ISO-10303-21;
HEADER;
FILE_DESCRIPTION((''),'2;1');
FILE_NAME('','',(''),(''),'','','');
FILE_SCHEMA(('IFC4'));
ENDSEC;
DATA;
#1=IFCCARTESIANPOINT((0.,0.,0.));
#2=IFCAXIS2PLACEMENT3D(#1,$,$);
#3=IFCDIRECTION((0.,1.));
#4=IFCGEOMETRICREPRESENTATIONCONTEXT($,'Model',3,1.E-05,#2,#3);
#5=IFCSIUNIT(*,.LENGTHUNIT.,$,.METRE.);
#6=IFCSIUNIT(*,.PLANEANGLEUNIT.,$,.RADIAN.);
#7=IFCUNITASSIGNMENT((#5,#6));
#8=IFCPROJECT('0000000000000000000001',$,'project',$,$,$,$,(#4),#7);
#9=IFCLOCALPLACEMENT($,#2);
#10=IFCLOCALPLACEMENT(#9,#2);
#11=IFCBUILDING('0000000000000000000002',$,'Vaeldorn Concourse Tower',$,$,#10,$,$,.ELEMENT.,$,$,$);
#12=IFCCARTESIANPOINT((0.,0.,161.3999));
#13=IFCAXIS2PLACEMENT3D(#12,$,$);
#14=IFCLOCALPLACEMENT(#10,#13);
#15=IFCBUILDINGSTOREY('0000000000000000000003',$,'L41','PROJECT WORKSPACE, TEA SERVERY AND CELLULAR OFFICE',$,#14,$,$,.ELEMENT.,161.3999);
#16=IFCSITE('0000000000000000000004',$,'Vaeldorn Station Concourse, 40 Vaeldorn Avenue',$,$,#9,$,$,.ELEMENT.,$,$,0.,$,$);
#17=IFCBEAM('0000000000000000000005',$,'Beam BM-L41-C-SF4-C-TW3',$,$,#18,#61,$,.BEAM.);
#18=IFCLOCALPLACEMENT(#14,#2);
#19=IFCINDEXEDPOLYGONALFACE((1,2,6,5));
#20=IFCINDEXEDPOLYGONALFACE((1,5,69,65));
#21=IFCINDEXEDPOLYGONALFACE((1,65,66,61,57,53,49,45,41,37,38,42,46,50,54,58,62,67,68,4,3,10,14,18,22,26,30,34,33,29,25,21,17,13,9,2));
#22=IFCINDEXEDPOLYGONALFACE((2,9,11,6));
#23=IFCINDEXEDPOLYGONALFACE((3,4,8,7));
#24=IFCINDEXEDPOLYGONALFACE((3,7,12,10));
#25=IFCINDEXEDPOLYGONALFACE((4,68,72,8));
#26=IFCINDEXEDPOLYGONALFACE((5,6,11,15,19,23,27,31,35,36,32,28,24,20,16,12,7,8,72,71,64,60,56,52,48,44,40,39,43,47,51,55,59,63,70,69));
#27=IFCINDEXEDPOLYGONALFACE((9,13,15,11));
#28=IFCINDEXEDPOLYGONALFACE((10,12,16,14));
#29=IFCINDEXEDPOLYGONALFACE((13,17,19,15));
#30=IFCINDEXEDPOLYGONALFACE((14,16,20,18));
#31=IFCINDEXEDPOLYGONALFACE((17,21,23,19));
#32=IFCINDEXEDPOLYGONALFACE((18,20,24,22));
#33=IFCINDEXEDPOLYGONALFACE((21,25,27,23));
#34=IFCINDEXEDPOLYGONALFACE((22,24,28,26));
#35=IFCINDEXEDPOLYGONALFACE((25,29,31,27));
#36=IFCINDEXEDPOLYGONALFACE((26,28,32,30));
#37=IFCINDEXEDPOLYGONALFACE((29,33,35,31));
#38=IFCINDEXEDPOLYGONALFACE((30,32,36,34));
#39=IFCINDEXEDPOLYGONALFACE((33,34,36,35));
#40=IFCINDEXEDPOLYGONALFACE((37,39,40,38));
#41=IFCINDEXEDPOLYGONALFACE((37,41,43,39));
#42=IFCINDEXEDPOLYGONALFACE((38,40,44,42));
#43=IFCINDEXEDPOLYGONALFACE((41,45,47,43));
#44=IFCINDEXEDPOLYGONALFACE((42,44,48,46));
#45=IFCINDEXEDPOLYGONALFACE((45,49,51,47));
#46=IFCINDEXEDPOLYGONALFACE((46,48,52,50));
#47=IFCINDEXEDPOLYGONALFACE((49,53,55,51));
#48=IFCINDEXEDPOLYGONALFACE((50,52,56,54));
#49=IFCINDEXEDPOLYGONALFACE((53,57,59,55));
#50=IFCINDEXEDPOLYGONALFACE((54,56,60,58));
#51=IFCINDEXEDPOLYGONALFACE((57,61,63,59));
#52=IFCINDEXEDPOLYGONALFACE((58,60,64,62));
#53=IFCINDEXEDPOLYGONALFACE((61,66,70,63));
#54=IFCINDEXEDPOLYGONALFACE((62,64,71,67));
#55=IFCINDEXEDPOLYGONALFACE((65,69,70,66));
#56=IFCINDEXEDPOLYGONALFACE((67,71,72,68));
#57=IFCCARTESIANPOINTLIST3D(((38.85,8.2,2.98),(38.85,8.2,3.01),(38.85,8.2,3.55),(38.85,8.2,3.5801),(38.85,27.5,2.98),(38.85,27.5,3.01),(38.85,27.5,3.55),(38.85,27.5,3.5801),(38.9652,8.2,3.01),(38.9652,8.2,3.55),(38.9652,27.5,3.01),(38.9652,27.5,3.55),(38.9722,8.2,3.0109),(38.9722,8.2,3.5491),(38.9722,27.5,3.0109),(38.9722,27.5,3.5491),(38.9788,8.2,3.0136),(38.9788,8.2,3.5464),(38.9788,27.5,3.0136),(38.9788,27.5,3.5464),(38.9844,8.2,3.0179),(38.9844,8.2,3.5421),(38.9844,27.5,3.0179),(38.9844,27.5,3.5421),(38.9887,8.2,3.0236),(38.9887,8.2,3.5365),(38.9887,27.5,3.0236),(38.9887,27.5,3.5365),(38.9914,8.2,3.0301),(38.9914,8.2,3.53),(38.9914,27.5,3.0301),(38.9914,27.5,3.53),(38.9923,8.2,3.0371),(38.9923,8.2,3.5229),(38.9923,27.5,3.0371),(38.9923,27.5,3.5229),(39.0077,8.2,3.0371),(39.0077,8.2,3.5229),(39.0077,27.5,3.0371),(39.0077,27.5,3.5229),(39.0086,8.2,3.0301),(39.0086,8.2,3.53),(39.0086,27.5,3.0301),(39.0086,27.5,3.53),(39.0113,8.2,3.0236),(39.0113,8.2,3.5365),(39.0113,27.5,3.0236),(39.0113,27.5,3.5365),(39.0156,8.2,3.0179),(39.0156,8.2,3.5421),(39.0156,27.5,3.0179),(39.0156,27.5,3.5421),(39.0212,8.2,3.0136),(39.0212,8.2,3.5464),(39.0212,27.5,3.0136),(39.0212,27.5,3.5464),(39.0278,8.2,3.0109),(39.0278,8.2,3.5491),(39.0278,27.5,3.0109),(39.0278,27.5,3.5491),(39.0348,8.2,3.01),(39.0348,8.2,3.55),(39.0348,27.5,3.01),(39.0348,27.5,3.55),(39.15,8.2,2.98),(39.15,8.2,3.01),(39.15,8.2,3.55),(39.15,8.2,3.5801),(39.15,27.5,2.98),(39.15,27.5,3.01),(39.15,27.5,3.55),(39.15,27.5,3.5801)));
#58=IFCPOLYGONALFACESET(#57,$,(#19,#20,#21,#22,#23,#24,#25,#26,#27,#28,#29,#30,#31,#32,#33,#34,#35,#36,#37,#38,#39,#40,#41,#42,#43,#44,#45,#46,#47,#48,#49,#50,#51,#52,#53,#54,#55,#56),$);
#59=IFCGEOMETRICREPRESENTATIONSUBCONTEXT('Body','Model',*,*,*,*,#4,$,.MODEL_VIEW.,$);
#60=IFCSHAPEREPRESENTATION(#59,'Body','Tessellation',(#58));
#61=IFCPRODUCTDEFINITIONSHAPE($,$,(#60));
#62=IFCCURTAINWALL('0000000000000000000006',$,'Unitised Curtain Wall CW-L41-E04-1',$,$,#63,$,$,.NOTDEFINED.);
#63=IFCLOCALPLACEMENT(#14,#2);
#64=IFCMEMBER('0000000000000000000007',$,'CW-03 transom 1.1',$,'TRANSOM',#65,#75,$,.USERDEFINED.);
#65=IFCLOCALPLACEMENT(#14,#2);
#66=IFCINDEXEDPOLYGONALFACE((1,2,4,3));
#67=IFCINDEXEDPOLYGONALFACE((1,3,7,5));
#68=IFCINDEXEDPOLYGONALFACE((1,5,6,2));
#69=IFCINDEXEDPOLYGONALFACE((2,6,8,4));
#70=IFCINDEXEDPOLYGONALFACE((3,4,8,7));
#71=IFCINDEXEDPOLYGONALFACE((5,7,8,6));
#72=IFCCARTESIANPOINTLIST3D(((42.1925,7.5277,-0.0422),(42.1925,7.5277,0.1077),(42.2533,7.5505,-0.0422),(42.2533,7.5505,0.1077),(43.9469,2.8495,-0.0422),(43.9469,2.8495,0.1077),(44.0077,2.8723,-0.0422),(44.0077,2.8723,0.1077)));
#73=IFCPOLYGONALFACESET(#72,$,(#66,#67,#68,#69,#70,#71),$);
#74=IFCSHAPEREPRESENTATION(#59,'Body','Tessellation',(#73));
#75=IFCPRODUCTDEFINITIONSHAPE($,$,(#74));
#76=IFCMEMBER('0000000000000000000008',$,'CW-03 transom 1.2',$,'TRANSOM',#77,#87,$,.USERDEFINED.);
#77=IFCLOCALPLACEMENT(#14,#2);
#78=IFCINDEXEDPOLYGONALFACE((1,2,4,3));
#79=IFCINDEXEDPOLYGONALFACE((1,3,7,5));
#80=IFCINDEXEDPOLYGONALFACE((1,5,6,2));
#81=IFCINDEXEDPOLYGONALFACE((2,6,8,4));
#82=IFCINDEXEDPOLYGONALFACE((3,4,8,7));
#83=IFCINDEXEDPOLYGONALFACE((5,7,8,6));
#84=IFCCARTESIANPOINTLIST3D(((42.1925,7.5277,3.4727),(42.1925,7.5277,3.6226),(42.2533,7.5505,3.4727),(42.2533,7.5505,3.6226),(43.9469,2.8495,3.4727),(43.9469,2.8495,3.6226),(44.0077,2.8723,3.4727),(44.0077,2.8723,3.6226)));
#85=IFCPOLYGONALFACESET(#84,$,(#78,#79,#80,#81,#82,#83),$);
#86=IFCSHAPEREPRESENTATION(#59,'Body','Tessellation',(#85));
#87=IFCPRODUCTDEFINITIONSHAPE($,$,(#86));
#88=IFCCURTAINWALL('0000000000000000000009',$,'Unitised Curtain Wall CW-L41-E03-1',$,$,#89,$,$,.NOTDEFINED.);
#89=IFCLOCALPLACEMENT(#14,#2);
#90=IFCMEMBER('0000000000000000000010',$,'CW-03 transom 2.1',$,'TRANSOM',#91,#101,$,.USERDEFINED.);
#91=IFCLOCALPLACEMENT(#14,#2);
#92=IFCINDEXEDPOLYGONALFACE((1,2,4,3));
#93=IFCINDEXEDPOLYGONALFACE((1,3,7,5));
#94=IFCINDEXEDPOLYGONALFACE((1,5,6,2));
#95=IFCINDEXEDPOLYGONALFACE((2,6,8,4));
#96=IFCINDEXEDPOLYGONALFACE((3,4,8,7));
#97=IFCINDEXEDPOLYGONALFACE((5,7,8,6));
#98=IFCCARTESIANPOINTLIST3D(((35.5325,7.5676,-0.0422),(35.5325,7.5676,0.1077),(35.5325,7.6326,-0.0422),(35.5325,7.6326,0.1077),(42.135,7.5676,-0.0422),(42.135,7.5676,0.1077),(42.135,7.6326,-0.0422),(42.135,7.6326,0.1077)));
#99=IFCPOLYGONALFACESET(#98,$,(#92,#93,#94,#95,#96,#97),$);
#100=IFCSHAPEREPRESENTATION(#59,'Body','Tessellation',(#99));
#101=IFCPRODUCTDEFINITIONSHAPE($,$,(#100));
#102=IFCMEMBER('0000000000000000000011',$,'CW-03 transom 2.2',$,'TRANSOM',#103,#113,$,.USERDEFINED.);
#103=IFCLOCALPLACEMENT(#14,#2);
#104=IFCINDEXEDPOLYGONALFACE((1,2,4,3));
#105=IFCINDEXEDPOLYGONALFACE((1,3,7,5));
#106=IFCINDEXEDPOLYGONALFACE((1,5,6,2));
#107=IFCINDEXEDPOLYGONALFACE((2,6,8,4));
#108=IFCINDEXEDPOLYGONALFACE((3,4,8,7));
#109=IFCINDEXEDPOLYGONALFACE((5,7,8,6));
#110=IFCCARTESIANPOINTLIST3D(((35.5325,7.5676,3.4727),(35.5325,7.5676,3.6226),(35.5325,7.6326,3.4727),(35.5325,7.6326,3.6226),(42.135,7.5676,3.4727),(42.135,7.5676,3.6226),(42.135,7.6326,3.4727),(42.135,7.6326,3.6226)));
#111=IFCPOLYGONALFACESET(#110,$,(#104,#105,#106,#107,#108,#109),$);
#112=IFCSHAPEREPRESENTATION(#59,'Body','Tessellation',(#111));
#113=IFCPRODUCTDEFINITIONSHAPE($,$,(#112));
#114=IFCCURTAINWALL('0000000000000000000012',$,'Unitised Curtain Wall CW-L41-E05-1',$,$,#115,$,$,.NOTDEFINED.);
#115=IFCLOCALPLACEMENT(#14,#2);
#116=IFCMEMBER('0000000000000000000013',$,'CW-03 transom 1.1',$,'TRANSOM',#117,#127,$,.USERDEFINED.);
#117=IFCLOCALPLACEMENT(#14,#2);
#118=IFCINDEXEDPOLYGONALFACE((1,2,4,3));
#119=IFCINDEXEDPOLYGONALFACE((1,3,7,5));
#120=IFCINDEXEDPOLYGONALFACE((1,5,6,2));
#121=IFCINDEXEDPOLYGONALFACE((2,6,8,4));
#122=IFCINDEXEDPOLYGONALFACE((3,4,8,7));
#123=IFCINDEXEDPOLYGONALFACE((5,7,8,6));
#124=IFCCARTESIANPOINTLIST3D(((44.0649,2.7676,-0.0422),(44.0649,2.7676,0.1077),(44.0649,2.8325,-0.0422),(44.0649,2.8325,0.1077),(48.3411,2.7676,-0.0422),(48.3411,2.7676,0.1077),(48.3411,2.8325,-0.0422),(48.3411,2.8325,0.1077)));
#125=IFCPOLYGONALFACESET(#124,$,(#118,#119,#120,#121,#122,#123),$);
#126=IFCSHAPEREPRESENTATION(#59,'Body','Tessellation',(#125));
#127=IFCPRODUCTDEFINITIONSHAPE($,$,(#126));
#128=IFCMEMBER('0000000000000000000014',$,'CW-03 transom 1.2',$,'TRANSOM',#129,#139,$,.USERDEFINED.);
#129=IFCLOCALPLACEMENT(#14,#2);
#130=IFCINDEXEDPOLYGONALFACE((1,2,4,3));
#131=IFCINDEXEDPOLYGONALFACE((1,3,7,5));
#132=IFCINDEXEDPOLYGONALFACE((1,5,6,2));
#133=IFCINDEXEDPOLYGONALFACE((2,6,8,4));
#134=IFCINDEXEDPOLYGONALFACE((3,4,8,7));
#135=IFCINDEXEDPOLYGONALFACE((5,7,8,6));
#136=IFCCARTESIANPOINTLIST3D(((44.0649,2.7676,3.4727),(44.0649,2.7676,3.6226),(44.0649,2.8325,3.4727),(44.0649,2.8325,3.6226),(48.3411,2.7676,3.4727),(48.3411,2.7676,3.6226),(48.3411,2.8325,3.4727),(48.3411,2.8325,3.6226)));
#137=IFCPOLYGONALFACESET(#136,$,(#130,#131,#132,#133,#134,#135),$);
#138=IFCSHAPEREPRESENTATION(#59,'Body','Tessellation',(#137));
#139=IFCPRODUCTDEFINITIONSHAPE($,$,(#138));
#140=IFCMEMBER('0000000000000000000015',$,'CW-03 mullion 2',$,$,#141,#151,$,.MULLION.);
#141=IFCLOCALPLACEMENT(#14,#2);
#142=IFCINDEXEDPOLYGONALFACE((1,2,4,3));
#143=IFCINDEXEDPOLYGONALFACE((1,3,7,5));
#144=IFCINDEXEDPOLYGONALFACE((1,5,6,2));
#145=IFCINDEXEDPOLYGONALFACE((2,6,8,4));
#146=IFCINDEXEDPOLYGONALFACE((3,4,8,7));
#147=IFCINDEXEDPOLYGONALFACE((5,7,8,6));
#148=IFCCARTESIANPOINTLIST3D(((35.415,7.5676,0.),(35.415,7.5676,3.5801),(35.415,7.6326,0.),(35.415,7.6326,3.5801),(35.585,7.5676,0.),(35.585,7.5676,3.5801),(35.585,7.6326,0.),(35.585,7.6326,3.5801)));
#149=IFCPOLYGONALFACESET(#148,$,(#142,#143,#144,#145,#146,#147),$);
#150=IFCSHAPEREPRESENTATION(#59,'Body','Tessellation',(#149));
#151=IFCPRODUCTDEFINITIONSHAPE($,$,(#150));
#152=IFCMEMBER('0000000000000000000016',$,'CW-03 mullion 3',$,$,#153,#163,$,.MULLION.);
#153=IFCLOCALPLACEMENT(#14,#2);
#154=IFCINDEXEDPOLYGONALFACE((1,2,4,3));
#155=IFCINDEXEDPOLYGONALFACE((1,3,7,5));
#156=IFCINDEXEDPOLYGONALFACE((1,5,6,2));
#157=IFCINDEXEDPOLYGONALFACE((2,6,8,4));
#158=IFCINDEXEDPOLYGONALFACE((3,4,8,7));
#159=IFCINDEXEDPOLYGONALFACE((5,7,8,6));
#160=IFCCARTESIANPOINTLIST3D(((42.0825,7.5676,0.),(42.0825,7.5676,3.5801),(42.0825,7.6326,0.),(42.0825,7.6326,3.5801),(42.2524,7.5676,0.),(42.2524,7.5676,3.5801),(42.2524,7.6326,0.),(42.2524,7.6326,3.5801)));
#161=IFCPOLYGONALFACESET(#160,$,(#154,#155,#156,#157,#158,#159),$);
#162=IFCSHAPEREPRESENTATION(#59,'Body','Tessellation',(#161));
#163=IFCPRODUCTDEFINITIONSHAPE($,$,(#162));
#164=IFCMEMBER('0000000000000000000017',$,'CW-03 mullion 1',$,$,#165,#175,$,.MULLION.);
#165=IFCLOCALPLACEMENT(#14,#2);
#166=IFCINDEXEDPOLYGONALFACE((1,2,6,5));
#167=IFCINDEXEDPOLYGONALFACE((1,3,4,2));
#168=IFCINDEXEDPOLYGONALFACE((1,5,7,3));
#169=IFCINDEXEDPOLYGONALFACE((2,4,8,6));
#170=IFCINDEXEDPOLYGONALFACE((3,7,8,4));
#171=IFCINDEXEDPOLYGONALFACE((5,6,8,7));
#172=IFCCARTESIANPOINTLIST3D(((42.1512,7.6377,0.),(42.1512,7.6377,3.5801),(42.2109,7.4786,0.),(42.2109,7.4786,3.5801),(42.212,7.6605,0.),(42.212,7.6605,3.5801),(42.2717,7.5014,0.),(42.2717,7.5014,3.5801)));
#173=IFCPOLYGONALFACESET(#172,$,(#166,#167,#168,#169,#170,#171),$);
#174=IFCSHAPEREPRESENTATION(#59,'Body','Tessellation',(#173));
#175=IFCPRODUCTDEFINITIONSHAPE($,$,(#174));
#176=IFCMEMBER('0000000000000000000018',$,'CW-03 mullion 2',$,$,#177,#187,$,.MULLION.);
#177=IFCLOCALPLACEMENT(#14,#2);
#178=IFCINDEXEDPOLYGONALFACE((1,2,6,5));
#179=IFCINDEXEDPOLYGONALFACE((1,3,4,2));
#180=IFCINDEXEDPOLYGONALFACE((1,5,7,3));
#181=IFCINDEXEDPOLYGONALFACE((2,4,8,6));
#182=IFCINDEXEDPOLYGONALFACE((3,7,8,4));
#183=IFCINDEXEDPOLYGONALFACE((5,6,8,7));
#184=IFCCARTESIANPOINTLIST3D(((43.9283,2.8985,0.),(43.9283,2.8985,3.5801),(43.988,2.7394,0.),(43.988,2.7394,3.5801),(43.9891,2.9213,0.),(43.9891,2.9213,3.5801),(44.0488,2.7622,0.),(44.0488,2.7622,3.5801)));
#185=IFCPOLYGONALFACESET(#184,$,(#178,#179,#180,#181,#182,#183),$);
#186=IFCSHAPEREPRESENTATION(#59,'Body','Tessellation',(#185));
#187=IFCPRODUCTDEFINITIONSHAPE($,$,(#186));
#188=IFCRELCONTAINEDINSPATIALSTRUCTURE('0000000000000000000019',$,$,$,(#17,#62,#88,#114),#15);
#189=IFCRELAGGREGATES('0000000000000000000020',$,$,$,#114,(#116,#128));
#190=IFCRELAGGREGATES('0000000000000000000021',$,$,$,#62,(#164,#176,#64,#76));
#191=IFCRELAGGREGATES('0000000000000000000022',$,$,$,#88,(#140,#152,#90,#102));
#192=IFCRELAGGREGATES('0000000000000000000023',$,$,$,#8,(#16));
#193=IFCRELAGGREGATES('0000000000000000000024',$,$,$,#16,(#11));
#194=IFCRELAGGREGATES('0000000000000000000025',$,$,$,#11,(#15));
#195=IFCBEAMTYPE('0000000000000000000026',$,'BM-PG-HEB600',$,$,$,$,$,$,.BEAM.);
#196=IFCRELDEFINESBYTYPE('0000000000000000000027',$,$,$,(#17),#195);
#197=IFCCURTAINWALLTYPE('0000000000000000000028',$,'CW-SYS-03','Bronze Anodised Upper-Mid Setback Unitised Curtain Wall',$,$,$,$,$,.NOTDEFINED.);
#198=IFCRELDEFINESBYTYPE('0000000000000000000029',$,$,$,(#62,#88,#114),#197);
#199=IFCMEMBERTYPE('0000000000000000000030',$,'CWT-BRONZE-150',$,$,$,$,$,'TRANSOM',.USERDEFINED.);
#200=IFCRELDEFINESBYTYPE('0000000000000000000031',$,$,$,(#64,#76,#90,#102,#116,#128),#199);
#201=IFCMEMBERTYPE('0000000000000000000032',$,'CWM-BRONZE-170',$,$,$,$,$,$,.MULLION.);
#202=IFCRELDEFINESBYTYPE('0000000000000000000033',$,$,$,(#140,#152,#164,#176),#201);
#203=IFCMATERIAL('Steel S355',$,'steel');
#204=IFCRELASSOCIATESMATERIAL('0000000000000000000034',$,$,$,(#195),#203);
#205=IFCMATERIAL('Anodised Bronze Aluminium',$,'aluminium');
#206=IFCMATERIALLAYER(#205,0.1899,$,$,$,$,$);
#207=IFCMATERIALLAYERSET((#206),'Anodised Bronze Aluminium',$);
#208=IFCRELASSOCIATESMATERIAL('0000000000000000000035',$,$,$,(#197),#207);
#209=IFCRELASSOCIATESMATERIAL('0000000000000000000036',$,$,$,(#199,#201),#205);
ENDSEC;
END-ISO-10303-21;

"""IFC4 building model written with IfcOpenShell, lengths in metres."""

from ifc_helpers import new_model, si_unit, direction, frame, origin, origin_2d, place, context, subcontext, project, spatial, rectangle, i_section, extrude, source, transform, mapped, material, layer, layer_set, material_profile, profile_set, type_object, element, aggregate, save


model = new_model("IFC4")

# Units and contexts
model_context = context("Model", 3, precision=1e-05, world=origin(), true_north=direction((0.0, 1.0)))
body_context = subcontext(model_context, "Body", "Model", "MODEL_VIEW")
ifc_project = project(units=[si_unit("LENGTHUNIT", "METRE"), si_unit("PLANEANGLEUNIT", "RADIAN")], contexts=[model_context])

# Site, building, storey
site_placement = place(None, origin())
site = spatial("IfcSite", under=ifc_project, at=site_placement, Name="Vaeldorn Station Concourse, 40 Vaeldorn Avenue", CompositionType="ELEMENT", RefElevation=0.0)
building_placement = place(site_placement, origin())
building = spatial("IfcBuilding", under=site, at=building_placement, Name="Vaeldorn Concourse Tower", CompositionType="ELEMENT")
storey_placement = place(building_placement, frame((0.0, 0.0, 161.3999)))
storey = spatial("IfcBuildingStorey", under=building, at=storey_placement, Name="L41", Description="PROJECT WORKSPACE, TEA SERVERY AND CELLULAR OFFICE", CompositionType="ELEMENT", Elevation=161.3999)

# Beam
ifc_material_1 = material(Name="Steel S355", Category="steel")
ifc_material_profile_1 = material_profile(ifc_material_1, i_section(OverallWidth=0.3, OverallDepth=0.6001, WebThickness=0.0154, FlangeThickness=0.03, FilletRadius=0.0271, at=origin_2d()), Name="HEB 600")
ifc_profile_set_1 = profile_set([ifc_material_profile_1], Name="Steel S355")
beam_type_1 = type_object("IfcBeamType", Name="BM-PG-HEB600", PredefinedType="BEAM", material=ifc_profile_set_1)
shared_shape_1 = source(origin(), body_context, "Body", "SweptSolid", [
    extrude(i_section(OverallWidth=0.3, OverallDepth=0.6001, WebThickness=0.0154, FlangeThickness=0.03, FilletRadius=0.0271, at=origin_2d()), origin(), (0.0, 0.0, 1.0), 19.3),
])
beam_1_placement = place(storey_placement, frame((39.0, 8.2, 3.28), z_axis=(0.0, 1.0, 0.0), x_axis=(-1.0, 0.0, 0.0)))
element("IfcBeam", 1, at=beam_1_placement, inside=storey, type_object=beam_type_1, Name="Beam BM-L41-C-SF4-C-TW3", PredefinedType="BEAM", context=body_context, shape_type="MappedRepresentation", body=[
    mapped(shared_shape_1, transform((0.0, 0.0, 0.0), scale=1.0)),
])

# Curtain walls, members
ifc_material_2 = material(Name="Anodised Bronze Aluminium", Category="aluminium")
ifc_layer_1 = layer(ifc_material_2, 0.1899)
ifc_layer_set_1 = layer_set([ifc_layer_1], Name="Anodised Bronze Aluminium")
curtain_wall_type = type_object("IfcCurtainWallType", Name="CW-SYS-03", Description="Bronze Anodised Upper-Mid Setback Unitised Curtain Wall", PredefinedType="NOTDEFINED", material=ifc_layer_set_1)
curtain_wall_1_placement = place(storey_placement, origin())
curtain_wall_1 = element("IfcCurtainWall", 2, at=curtain_wall_1_placement, inside=storey, type_object=curtain_wall_type, Name="Unitised Curtain Wall CW-L41-E04-1", PredefinedType="NOTDEFINED")
ifc_material_profile_2 = material_profile(ifc_material_2, rectangle(XDim=0.0649, YDim=0.1499, at=origin_2d()), Name="CWT 65x150")
ifc_profile_set_2 = profile_set([ifc_material_profile_2], Name="Anodised Bronze Aluminium")
member_type_1 = type_object("IfcMemberType", Name="CWT-BRONZE-150", ElementType="TRANSOM", PredefinedType="USERDEFINED", material=ifc_profile_set_2)
shared_shape_2 = source(origin(), body_context, "Body", "SweptSolid", [
    extrude(rectangle(XDim=0.0649, YDim=0.1499, at=origin_2d()), origin(), (0.0, 0.0, 1.0), 4.9963),
])
member_1_placement = place(storey_placement, frame((42.2229, 7.5391, 0.0327), z_axis=(0.351134, -0.936325, 0.0), x_axis=(0.936325, 0.351134, 0.0)))
member_1 = element("IfcMember", 3, at=member_1_placement, type_object=member_type_1, Name="CW-03 transom 1.1", ObjectType="TRANSOM", PredefinedType="USERDEFINED", context=body_context, shape_type="MappedRepresentation", body=[
    mapped(shared_shape_2, transform((0.0, 0.0, 0.0), scale=1.0)),
])
member_2_placement = place(storey_placement, frame((42.2229, 7.5391, 3.5476), z_axis=(0.351134, -0.936325, 0.0), x_axis=(0.936325, 0.351134, 0.0)))
member_2 = element("IfcMember", 4, at=member_2_placement, type_object=member_type_1, Name="CW-03 transom 1.2", ObjectType="TRANSOM", PredefinedType="USERDEFINED", context=body_context, shape_type="MappedRepresentation", body=[
    mapped(shared_shape_2, transform((0.0, 0.0, 0.0), scale=1.0)),
])
curtain_wall_2_placement = place(storey_placement, origin())
curtain_wall_2 = element("IfcCurtainWall", 5, at=curtain_wall_2_placement, inside=storey, type_object=curtain_wall_type, Name="Unitised Curtain Wall CW-L41-E03-1", PredefinedType="NOTDEFINED")
shared_shape_3 = source(origin(), body_context, "Body", "SweptSolid", [
    extrude(rectangle(XDim=0.0649, YDim=0.1499, at=origin_2d()), origin(), (0.0, 0.0, 1.0), 6.6025),
])
member_3_placement = place(storey_placement, frame((35.5325, 7.6001, 0.0327), z_axis=(1.0, 0.0, 0.0), x_axis=(0.0, 1.0, 0.0)))
member_3 = element("IfcMember", 6, at=member_3_placement, type_object=member_type_1, Name="CW-03 transom 2.1", ObjectType="TRANSOM", PredefinedType="USERDEFINED", context=body_context, shape_type="MappedRepresentation", body=[
    mapped(shared_shape_3, transform((0.0, 0.0, 0.0), scale=1.0)),
])
member_4_placement = place(storey_placement, frame((35.5325, 7.6001, 3.5476), z_axis=(1.0, 0.0, 0.0), x_axis=(0.0, 1.0, 0.0)))
member_4 = element("IfcMember", 7, at=member_4_placement, type_object=member_type_1, Name="CW-03 transom 2.2", ObjectType="TRANSOM", PredefinedType="USERDEFINED", context=body_context, shape_type="MappedRepresentation", body=[
    mapped(shared_shape_3, transform((0.0, 0.0, 0.0), scale=1.0)),
])
curtain_wall_3_placement = place(storey_placement, origin())
curtain_wall_3 = element("IfcCurtainWall", 8, at=curtain_wall_3_placement, inside=storey, type_object=curtain_wall_type, Name="Unitised Curtain Wall CW-L41-E05-1", PredefinedType="NOTDEFINED")
shared_shape_4 = source(origin(), body_context, "Body", "SweptSolid", [
    extrude(rectangle(XDim=0.0649, YDim=0.1499, at=origin_2d()), origin(), (0.0, 0.0, 1.0), 4.2761),
])
member_5_placement = place(storey_placement, frame((44.0649, 2.8, 0.0327), z_axis=(1.0, 0.0, 0.0), x_axis=(0.0, 1.0, 0.0)))
member_5 = element("IfcMember", 9, at=member_5_placement, type_object=member_type_1, Name="CW-03 transom 1.1", ObjectType="TRANSOM", PredefinedType="USERDEFINED", context=body_context, shape_type="MappedRepresentation", body=[
    mapped(shared_shape_4, transform((0.0, 0.0, 0.0), scale=1.0)),
])
member_6_placement = place(storey_placement, frame((44.0649, 2.8, 3.5476), z_axis=(1.0, 0.0, 0.0), x_axis=(0.0, 1.0, 0.0)))
member_6 = element("IfcMember", 10, at=member_6_placement, type_object=member_type_1, Name="CW-03 transom 1.2", ObjectType="TRANSOM", PredefinedType="USERDEFINED", context=body_context, shape_type="MappedRepresentation", body=[
    mapped(shared_shape_4, transform((0.0, 0.0, 0.0), scale=1.0)),
])

# Members
ifc_material_profile_3 = material_profile(ifc_material_2, rectangle(XDim=0.0649, YDim=0.1699, at=origin_2d()), Name="CWM 65x170")
ifc_profile_set_3 = profile_set([ifc_material_profile_3], Name="Anodised Bronze Aluminium")
member_type_2 = type_object("IfcMemberType", Name="CWM-BRONZE-170", PredefinedType="MULLION", material=ifc_profile_set_3)
shared_shape_5 = source(origin(), body_context, "Body", "SweptSolid", [
    extrude(rectangle(XDim=0.0649, YDim=0.1699, at=origin_2d()), origin(), (0.0, 0.0, 1.0), 3.5801),
])
member_7_placement = place(storey_placement, frame((35.5, 7.6001, 0.0), z_axis=(0.0, 0.0, 1.0), x_axis=(0.0, 1.0, 0.0)))
member_7 = element("IfcMember", 11, at=member_7_placement, type_object=member_type_2, Name="CW-03 mullion 2", PredefinedType="MULLION", context=body_context, shape_type="MappedRepresentation", body=[
    mapped(shared_shape_5, transform((0.0, 0.0, 0.0), scale=1.0)),
])
member_8_placement = place(storey_placement, frame((42.1675, 7.6001, 0.0), z_axis=(0.0, 0.0, 1.0), x_axis=(0.0, 1.0, 0.0)))
member_8 = element("IfcMember", 12, at=member_8_placement, type_object=member_type_2, Name="CW-03 mullion 3", PredefinedType="MULLION", context=body_context, shape_type="MappedRepresentation", body=[
    mapped(shared_shape_5, transform((0.0, 0.0, 0.0), scale=1.0)),
])
member_9_placement = place(storey_placement, frame((42.2114, 7.5696, 0.0), z_axis=(0.0, 0.0, 1.0), x_axis=(0.936329, 0.351123, 0.0)))
member_9 = element("IfcMember", 13, at=member_9_placement, type_object=member_type_2, Name="CW-03 mullion 1", PredefinedType="MULLION", context=body_context, shape_type="MappedRepresentation", body=[
    mapped(shared_shape_5, transform((0.0, 0.0, 0.0), scale=1.0)),
])
member_10_placement = place(storey_placement, frame((43.9885, 2.8303, 0.0), z_axis=(0.0, 0.0, 1.0), x_axis=(0.936329, 0.351123, 0.0)))
member_10 = element("IfcMember", 14, at=member_10_placement, type_object=member_type_2, Name="CW-03 mullion 2", PredefinedType="MULLION", context=body_context, shape_type="MappedRepresentation", body=[
    mapped(shared_shape_5, transform((0.0, 0.0, 0.0), scale=1.0)),
])
aggregate(curtain_wall_3, [member_5, member_6])

aggregate(curtain_wall_1, [member_9, member_10, member_1, member_2])
aggregate(curtain_wall_2, [member_7, member_8, member_3, member_4])

save(model, "model.ifc")
